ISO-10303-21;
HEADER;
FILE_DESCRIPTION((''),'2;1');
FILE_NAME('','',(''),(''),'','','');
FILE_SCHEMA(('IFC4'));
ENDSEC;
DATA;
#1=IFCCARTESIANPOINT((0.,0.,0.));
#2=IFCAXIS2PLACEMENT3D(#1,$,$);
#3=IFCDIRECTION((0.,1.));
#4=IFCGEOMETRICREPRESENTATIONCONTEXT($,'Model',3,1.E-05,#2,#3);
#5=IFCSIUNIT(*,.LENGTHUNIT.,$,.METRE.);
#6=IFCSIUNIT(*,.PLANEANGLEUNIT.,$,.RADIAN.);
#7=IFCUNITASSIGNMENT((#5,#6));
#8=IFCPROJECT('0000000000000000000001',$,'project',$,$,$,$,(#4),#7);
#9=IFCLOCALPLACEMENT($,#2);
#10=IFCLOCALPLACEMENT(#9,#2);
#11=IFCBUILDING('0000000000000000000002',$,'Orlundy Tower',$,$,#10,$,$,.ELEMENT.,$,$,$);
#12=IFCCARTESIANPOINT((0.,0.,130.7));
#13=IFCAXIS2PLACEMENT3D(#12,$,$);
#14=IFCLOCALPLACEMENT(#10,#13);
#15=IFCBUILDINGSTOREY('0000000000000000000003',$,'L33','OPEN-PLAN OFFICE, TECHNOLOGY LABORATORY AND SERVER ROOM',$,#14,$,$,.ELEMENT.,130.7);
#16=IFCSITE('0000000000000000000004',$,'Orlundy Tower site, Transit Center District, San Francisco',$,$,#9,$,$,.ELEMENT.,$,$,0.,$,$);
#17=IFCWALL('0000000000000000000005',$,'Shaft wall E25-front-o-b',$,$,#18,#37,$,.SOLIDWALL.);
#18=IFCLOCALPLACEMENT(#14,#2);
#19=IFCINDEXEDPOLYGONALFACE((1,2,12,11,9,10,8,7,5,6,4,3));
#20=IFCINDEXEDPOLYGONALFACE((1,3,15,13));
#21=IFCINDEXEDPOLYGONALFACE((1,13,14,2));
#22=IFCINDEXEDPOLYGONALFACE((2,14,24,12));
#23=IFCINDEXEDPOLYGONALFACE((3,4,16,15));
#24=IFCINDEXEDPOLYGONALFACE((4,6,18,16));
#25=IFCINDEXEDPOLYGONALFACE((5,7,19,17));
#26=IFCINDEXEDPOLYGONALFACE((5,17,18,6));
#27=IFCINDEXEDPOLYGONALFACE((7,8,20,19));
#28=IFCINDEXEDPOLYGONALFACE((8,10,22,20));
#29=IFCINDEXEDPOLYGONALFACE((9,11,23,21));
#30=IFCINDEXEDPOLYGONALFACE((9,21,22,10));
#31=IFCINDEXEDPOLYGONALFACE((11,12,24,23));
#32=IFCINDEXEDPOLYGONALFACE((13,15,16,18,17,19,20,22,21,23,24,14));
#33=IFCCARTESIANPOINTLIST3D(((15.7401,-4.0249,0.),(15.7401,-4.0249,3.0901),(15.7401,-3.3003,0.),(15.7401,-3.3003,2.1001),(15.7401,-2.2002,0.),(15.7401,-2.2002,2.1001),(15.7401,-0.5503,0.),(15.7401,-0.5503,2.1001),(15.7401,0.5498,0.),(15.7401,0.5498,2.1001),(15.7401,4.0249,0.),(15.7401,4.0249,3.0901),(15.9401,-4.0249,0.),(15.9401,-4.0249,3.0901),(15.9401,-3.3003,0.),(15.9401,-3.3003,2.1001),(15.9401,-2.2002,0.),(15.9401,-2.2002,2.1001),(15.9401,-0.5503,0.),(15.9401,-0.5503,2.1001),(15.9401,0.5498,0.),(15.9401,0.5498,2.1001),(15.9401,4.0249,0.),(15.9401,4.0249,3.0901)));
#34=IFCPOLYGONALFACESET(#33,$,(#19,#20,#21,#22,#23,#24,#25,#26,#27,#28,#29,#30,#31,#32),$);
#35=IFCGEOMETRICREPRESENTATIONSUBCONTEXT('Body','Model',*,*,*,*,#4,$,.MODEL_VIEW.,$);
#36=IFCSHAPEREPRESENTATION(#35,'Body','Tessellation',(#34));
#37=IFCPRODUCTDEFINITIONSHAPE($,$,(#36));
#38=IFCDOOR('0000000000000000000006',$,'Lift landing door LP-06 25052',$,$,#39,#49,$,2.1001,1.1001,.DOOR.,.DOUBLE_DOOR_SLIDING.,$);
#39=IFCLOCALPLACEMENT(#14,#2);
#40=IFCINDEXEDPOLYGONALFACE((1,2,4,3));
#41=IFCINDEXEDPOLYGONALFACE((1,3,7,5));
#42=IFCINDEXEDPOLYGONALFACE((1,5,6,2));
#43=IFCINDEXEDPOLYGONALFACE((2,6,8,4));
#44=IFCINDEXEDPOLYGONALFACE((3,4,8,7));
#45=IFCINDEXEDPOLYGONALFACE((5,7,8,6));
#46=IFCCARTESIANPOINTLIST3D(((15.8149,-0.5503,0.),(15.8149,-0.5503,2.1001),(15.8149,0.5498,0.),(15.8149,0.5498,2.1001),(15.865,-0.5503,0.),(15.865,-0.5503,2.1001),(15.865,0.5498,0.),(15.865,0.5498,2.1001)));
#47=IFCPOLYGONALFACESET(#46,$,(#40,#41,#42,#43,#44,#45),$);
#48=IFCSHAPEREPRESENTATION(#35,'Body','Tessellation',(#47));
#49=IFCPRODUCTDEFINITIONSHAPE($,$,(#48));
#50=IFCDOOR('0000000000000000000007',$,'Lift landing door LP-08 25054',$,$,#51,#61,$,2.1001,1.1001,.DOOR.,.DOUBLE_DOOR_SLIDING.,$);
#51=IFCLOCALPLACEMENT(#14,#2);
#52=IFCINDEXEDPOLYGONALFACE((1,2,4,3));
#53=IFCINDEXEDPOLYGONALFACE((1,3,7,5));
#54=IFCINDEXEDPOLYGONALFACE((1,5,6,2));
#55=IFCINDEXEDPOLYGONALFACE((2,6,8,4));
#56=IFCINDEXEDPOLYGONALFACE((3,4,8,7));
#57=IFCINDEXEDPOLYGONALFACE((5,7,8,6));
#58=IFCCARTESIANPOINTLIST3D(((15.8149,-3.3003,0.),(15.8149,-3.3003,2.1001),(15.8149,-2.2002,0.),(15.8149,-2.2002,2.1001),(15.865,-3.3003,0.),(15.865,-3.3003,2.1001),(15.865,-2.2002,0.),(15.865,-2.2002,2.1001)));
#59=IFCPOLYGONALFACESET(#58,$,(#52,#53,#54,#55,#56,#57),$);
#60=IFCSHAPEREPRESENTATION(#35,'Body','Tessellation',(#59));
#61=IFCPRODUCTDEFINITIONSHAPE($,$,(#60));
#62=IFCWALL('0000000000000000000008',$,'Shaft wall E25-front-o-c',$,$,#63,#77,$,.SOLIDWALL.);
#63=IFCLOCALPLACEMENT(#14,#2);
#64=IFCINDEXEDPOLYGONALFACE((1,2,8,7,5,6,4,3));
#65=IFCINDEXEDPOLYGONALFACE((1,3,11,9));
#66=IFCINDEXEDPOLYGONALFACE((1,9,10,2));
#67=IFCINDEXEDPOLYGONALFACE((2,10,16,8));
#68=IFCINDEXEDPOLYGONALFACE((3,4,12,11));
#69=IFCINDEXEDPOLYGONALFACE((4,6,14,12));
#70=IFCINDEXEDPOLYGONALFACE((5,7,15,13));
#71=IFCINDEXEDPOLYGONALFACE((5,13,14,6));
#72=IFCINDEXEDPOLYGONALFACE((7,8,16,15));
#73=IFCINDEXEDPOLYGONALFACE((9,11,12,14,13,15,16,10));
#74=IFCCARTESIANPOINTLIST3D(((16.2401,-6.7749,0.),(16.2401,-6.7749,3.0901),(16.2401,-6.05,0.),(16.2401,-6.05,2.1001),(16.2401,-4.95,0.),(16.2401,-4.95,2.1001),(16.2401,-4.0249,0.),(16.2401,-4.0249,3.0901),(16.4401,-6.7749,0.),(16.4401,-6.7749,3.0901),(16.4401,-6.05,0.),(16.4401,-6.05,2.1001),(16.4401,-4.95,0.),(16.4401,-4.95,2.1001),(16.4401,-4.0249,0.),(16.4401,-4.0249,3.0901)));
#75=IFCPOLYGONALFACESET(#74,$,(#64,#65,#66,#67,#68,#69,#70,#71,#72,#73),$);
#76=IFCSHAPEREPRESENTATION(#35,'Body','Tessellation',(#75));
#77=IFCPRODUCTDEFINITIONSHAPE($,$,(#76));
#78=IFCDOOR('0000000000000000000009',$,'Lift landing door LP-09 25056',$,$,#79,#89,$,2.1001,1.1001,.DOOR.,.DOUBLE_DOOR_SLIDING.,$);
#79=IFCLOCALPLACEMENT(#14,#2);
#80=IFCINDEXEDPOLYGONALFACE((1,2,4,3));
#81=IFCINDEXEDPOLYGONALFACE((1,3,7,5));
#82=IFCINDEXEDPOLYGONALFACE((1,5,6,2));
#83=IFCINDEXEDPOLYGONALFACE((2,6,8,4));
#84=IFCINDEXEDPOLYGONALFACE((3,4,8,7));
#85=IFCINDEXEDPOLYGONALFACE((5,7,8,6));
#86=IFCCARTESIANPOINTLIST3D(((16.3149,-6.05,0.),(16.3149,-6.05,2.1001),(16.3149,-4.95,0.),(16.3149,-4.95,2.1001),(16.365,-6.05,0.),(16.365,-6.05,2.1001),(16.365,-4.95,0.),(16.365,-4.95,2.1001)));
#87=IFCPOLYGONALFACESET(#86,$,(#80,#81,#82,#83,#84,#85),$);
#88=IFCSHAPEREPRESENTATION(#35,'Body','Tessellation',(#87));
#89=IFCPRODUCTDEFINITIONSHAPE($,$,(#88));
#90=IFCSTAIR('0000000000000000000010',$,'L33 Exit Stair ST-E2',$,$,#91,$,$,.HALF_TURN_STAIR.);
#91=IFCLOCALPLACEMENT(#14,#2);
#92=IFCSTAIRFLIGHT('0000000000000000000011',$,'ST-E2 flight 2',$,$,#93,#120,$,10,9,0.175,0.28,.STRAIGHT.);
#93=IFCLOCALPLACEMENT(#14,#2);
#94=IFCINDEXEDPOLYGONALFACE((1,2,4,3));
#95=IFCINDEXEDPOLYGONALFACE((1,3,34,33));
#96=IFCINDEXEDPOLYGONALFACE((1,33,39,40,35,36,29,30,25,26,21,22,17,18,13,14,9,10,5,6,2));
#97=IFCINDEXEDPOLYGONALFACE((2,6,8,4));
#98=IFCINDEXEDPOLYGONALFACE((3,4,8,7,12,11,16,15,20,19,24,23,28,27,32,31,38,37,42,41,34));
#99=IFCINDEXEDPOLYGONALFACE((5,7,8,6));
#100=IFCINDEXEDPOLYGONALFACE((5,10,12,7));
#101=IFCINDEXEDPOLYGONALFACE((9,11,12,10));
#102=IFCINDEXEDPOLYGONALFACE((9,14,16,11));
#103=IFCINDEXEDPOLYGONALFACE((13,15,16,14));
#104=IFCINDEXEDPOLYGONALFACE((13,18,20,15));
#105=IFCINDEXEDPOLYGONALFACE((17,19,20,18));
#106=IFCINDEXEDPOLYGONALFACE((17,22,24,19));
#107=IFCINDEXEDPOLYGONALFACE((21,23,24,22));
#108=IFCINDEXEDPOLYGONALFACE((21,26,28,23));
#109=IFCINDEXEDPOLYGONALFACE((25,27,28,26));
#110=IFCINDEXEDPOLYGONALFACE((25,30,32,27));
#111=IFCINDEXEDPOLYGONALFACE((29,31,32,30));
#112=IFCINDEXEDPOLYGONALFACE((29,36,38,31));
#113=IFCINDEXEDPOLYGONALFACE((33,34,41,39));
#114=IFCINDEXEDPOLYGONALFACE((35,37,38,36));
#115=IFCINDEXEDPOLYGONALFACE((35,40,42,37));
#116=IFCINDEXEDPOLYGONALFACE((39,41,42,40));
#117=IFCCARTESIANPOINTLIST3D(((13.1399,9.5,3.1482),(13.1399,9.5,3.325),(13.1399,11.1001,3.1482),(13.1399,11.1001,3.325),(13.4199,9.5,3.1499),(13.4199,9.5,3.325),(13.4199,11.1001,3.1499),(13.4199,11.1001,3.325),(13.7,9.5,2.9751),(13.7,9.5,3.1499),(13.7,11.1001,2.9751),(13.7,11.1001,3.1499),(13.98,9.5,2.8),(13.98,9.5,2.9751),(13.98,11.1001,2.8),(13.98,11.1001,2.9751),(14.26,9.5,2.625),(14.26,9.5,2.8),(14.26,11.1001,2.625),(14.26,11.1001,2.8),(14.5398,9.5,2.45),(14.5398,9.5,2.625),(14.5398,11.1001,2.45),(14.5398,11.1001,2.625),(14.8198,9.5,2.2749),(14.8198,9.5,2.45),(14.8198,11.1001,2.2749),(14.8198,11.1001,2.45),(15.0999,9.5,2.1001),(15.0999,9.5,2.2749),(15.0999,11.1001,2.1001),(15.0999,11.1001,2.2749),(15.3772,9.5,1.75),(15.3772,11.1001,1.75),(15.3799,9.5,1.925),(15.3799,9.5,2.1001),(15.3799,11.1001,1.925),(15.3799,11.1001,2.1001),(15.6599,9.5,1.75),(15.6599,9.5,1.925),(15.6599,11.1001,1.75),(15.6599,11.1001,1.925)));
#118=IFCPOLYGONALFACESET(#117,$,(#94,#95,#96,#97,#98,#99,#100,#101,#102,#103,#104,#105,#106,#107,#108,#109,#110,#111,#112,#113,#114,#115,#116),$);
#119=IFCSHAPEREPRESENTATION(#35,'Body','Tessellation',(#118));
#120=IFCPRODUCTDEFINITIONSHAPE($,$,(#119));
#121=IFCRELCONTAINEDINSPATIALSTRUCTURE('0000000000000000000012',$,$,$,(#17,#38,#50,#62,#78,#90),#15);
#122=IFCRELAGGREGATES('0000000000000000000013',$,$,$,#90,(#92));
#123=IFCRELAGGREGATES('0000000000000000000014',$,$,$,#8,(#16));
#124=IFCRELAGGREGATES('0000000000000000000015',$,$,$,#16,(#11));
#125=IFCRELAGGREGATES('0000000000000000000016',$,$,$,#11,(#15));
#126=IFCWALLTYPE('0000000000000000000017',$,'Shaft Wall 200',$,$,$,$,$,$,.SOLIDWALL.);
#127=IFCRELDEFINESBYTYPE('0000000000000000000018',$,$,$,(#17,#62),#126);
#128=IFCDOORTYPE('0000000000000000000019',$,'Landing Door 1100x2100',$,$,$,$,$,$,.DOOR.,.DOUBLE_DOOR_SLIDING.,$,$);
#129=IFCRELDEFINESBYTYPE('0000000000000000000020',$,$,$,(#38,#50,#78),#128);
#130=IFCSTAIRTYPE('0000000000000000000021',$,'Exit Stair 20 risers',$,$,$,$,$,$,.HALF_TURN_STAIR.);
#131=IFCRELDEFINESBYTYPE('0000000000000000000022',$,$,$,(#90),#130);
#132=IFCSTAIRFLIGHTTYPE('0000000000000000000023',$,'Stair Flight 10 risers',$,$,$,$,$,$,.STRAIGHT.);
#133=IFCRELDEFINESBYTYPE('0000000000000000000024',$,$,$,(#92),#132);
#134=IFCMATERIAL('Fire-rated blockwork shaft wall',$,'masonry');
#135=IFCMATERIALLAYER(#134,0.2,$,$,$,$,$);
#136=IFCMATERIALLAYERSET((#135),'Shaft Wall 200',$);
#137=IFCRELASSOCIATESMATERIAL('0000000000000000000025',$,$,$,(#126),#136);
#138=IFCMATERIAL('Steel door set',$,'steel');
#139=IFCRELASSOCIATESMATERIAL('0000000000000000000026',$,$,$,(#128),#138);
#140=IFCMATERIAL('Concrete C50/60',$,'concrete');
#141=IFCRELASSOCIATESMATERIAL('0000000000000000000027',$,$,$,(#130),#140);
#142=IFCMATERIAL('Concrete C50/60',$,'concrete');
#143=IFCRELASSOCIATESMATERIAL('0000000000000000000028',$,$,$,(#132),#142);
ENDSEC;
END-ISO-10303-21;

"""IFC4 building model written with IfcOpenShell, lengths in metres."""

from ifc_helpers import new_model, si_unit, direction, frame, frame_2d, origin, place, context, subcontext, project, spatial, polyline, rectangle, outline, extrude, material, layer, layer_set, type_object, element, fill, aggregate, save


model = new_model("IFC4")

# Units and contexts
model_context = context("Model", 3, precision=1e-05, world=origin(), true_north=direction((0.0, 1.0)))
body_context = subcontext(model_context, "Body", "Model", "MODEL_VIEW")
ifc_project = project(units=[si_unit("LENGTHUNIT", "METRE"), si_unit("PLANEANGLEUNIT", "RADIAN")], contexts=[model_context])

# Site, building, storey
site_placement = place(None, origin())
site = spatial("IfcSite", under=ifc_project, at=site_placement, Name="Orlundy Tower site, Transit Center District, San Francisco", CompositionType="ELEMENT", RefElevation=0.0)
building_placement = place(site_placement, origin())
building = spatial("IfcBuilding", under=site, at=building_placement, Name="Orlundy Tower", CompositionType="ELEMENT")
storey_placement = place(building_placement, frame((0.0, 0.0, 130.7)))
storey = spatial("IfcBuildingStorey", under=building, at=storey_placement, Name="L33", Description="OPEN-PLAN OFFICE, TECHNOLOGY LABORATORY AND SERVER ROOM", CompositionType="ELEMENT", Elevation=130.7)

# Shared definitions
ifc_material_1 = material(Name="Fire-rated blockwork shaft wall", Category="masonry")
ifc_layer_1 = layer(ifc_material_1, 0.2)
ifc_layer_set_1 = layer_set([ifc_layer_1], Name="Shaft Wall 200")
wall_type_1 = type_object("IfcWallType", Name="Shaft Wall 200", PredefinedType="SOLIDWALL", material=ifc_layer_set_1)

# Shared definitions
ifc_material_2 = material(Name="Steel door set", Category="steel")
door_type_1 = type_object("IfcDoorType", Name="Landing Door 1100x2100", OperationType="DOUBLE_DOOR_SLIDING", PredefinedType="DOOR", material=ifc_material_2)

# Wall, openings, doors
wall_1_placement = place(storey_placement, frame((15.8401, 4.0249, 0.0), z_axis=(0.0, 0.0, 1.0), x_axis=(0.0, -1.0, 0.0)))
wall_1 = element("IfcWall", 1, at=wall_1_placement, inside=storey, type_object=wall_type_1, Name="Shaft wall E25-front-o-b", PredefinedType="SOLIDWALL", context=body_context, shape_type="SweptSolid", body=[
    extrude(rectangle(XDim=8.0498, YDim=0.2, at=frame_2d((4.0249, 0.0))), origin(), (0.0, 0.0, 1.0), 3.0901),
])
opening_1_placement = place(wall_1_placement, frame((3.4751, 0.0, 0.0)))
opening_1 = element("IfcOpeningElement", 2, at=opening_1_placement, cuts=wall_1, PredefinedType="OPENING", context=body_context, shape_type="SweptSolid", body=[
    extrude(rectangle(XDim=1.1001, YDim=2.1001, at=frame_2d((0.55, 1.05))), frame((0.0, 0.1101, 0.0), z_axis=(0.0, -1.0, 0.0), x_axis=(1.0, 0.0, 0.0)), (0.0, 0.0, 1.0), 0.2202),
])
opening_2_placement = place(wall_1_placement, frame((6.2251, 0.0, 0.0)))
opening_2 = element("IfcOpeningElement", 3, at=opening_2_placement, cuts=wall_1, PredefinedType="OPENING", context=body_context, shape_type="SweptSolid", body=[
    extrude(rectangle(XDim=1.1001, YDim=2.1001, at=frame_2d((0.55, 1.05))), frame((0.0, 0.1101, 0.0), z_axis=(0.0, -1.0, 0.0), x_axis=(1.0, 0.0, 0.0)), (0.0, 0.0, 1.0), 0.2202),
])
door_1_placement = place(opening_1_placement, origin())
door_1 = element("IfcDoor", 4, at=door_1_placement, inside=storey, type_object=door_type_1, Name="Lift landing door LP-06 25052", OperationType="DOUBLE_DOOR_SLIDING", OverallHeight=2.1001, OverallWidth=1.1001, PredefinedType="DOOR", context=body_context, shape_type="SweptSolid", body=[
    extrude(rectangle(XDim=1.1001, YDim=2.1001, at=frame_2d((0.55, 1.05))), frame((0.0, 0.0249, 0.0), z_axis=(0.0, -1.0, 0.0), x_axis=(1.0, 0.0, 0.0)), (0.0, 0.0, 1.0), 0.05),
])
fill(opening_1, door_1)
door_2_placement = place(opening_2_placement, origin())
door_2 = element("IfcDoor", 5, at=door_2_placement, inside=storey, type_object=door_type_1, Name="Lift landing door LP-08 25054", OperationType="DOUBLE_DOOR_SLIDING", OverallHeight=2.1001, OverallWidth=1.1001, PredefinedType="DOOR", context=body_context, shape_type="SweptSolid", body=[
    extrude(rectangle(XDim=1.1001, YDim=2.1001, at=frame_2d((0.55, 1.05))), frame((0.0, 0.0249, 0.0), z_axis=(0.0, -1.0, 0.0), x_axis=(1.0, 0.0, 0.0)), (0.0, 0.0, 1.0), 0.05),
])
fill(opening_2, door_2)

# Wall, opening, door
wall_2_placement = place(storey_placement, frame((16.3401, -4.0249, 0.0), z_axis=(0.0, 0.0, 1.0), x_axis=(0.0, -1.0, 0.0)))
wall_2 = element("IfcWall", 6, at=wall_2_placement, inside=storey, type_object=wall_type_1, Name="Shaft wall E25-front-o-c", PredefinedType="SOLIDWALL", context=body_context, shape_type="SweptSolid", body=[
    extrude(rectangle(XDim=2.75, YDim=0.2, at=frame_2d((1.375, 0.0))), origin(), (0.0, 0.0, 1.0), 3.0901),
])
opening_3_placement = place(wall_2_placement, frame((0.925, 0.0, 0.0)))
opening_3 = element("IfcOpeningElement", 7, at=opening_3_placement, cuts=wall_2, PredefinedType="OPENING", context=body_context, shape_type="SweptSolid", body=[
    extrude(rectangle(XDim=1.1001, YDim=2.1001, at=frame_2d((0.55, 1.05))), frame((0.0, 0.1101, 0.0), z_axis=(0.0, -1.0, 0.0), x_axis=(1.0, 0.0, 0.0)), (0.0, 0.0, 1.0), 0.2202),
])
door_3_placement = place(opening_3_placement, origin())
door_3 = element("IfcDoor", 8, at=door_3_placement, inside=storey, type_object=door_type_1, Name="Lift landing door LP-09 25056", OperationType="DOUBLE_DOOR_SLIDING", OverallHeight=2.1001, OverallWidth=1.1001, PredefinedType="DOOR", context=body_context, shape_type="SweptSolid", body=[
    extrude(rectangle(XDim=1.1001, YDim=2.1001, at=frame_2d((0.55, 1.05))), frame((0.0, 0.0249, 0.0), z_axis=(0.0, -1.0, 0.0), x_axis=(1.0, 0.0, 0.0)), (0.0, 0.0, 1.0), 0.05),
])
fill(opening_3, door_3)

# Stair, stair flight
ifc_material_3 = material(Name="Concrete C50/60", Category="concrete")
stair_type = type_object("IfcStairType", Name="Exit Stair 20 risers", PredefinedType="HALF_TURN_STAIR", material=ifc_material_3)
stair_placement = place(storey_placement, origin())
stair = element("IfcStair", 9, at=stair_placement, inside=storey, type_object=stair_type, Name="L33 Exit Stair ST-E2", PredefinedType="HALF_TURN_STAIR")
ifc_material_4 = material(Name="Concrete C50/60", Category="concrete")
stair_flight_type = type_object("IfcStairFlightType", Name="Stair Flight 10 risers", PredefinedType="STRAIGHT", material=ifc_material_4)
stair_flight_placement = place(storey_placement, frame((15.6599, 10.3, 1.75), z_axis=(0.0, 0.0, 1.0), x_axis=(-1.0, 0.0, 0.0)))
stair_flight = element("IfcStairFlight", 10, at=stair_flight_placement, type_object=stair_flight_type, Name="ST-E2 flight 2", NumberOfRisers=10, NumberOfTreads=9, PredefinedType="STRAIGHT", RiserHeight=0.175, TreadLength=0.28, context=body_context, shape_type="SweptSolid", body=[
    extrude(outline(polyline([(0.0, 0.0), (0.0, 0.175), (0.28, 0.175), (0.28, 0.3501), (0.5601, 0.3501), (0.5601, 0.5249), (0.8401, 0.5249), (0.8401, 0.7), (1.1201, 0.7), (1.1201, 0.875), (1.3999, 0.875), (1.3999, 1.05), (1.6799, 1.05), (1.6799, 1.2251), (1.96, 1.2251), (1.96, 1.3999), (2.24, 1.3999), (2.24, 1.575), (2.52, 1.575), (2.52, 1.75), (2.52, 1.3982), (0.2827, 0.0), (0.0, 0.0)])), frame((0.0, 0.8, 0.0), z_axis=(0.0, -1.0, 0.0), x_axis=(1.0, 0.0, 0.0)), (0.0, 0.0, 1.0), 1.6001),
])
aggregate(stair, [stair_flight])

save(model, "model.ifc")
